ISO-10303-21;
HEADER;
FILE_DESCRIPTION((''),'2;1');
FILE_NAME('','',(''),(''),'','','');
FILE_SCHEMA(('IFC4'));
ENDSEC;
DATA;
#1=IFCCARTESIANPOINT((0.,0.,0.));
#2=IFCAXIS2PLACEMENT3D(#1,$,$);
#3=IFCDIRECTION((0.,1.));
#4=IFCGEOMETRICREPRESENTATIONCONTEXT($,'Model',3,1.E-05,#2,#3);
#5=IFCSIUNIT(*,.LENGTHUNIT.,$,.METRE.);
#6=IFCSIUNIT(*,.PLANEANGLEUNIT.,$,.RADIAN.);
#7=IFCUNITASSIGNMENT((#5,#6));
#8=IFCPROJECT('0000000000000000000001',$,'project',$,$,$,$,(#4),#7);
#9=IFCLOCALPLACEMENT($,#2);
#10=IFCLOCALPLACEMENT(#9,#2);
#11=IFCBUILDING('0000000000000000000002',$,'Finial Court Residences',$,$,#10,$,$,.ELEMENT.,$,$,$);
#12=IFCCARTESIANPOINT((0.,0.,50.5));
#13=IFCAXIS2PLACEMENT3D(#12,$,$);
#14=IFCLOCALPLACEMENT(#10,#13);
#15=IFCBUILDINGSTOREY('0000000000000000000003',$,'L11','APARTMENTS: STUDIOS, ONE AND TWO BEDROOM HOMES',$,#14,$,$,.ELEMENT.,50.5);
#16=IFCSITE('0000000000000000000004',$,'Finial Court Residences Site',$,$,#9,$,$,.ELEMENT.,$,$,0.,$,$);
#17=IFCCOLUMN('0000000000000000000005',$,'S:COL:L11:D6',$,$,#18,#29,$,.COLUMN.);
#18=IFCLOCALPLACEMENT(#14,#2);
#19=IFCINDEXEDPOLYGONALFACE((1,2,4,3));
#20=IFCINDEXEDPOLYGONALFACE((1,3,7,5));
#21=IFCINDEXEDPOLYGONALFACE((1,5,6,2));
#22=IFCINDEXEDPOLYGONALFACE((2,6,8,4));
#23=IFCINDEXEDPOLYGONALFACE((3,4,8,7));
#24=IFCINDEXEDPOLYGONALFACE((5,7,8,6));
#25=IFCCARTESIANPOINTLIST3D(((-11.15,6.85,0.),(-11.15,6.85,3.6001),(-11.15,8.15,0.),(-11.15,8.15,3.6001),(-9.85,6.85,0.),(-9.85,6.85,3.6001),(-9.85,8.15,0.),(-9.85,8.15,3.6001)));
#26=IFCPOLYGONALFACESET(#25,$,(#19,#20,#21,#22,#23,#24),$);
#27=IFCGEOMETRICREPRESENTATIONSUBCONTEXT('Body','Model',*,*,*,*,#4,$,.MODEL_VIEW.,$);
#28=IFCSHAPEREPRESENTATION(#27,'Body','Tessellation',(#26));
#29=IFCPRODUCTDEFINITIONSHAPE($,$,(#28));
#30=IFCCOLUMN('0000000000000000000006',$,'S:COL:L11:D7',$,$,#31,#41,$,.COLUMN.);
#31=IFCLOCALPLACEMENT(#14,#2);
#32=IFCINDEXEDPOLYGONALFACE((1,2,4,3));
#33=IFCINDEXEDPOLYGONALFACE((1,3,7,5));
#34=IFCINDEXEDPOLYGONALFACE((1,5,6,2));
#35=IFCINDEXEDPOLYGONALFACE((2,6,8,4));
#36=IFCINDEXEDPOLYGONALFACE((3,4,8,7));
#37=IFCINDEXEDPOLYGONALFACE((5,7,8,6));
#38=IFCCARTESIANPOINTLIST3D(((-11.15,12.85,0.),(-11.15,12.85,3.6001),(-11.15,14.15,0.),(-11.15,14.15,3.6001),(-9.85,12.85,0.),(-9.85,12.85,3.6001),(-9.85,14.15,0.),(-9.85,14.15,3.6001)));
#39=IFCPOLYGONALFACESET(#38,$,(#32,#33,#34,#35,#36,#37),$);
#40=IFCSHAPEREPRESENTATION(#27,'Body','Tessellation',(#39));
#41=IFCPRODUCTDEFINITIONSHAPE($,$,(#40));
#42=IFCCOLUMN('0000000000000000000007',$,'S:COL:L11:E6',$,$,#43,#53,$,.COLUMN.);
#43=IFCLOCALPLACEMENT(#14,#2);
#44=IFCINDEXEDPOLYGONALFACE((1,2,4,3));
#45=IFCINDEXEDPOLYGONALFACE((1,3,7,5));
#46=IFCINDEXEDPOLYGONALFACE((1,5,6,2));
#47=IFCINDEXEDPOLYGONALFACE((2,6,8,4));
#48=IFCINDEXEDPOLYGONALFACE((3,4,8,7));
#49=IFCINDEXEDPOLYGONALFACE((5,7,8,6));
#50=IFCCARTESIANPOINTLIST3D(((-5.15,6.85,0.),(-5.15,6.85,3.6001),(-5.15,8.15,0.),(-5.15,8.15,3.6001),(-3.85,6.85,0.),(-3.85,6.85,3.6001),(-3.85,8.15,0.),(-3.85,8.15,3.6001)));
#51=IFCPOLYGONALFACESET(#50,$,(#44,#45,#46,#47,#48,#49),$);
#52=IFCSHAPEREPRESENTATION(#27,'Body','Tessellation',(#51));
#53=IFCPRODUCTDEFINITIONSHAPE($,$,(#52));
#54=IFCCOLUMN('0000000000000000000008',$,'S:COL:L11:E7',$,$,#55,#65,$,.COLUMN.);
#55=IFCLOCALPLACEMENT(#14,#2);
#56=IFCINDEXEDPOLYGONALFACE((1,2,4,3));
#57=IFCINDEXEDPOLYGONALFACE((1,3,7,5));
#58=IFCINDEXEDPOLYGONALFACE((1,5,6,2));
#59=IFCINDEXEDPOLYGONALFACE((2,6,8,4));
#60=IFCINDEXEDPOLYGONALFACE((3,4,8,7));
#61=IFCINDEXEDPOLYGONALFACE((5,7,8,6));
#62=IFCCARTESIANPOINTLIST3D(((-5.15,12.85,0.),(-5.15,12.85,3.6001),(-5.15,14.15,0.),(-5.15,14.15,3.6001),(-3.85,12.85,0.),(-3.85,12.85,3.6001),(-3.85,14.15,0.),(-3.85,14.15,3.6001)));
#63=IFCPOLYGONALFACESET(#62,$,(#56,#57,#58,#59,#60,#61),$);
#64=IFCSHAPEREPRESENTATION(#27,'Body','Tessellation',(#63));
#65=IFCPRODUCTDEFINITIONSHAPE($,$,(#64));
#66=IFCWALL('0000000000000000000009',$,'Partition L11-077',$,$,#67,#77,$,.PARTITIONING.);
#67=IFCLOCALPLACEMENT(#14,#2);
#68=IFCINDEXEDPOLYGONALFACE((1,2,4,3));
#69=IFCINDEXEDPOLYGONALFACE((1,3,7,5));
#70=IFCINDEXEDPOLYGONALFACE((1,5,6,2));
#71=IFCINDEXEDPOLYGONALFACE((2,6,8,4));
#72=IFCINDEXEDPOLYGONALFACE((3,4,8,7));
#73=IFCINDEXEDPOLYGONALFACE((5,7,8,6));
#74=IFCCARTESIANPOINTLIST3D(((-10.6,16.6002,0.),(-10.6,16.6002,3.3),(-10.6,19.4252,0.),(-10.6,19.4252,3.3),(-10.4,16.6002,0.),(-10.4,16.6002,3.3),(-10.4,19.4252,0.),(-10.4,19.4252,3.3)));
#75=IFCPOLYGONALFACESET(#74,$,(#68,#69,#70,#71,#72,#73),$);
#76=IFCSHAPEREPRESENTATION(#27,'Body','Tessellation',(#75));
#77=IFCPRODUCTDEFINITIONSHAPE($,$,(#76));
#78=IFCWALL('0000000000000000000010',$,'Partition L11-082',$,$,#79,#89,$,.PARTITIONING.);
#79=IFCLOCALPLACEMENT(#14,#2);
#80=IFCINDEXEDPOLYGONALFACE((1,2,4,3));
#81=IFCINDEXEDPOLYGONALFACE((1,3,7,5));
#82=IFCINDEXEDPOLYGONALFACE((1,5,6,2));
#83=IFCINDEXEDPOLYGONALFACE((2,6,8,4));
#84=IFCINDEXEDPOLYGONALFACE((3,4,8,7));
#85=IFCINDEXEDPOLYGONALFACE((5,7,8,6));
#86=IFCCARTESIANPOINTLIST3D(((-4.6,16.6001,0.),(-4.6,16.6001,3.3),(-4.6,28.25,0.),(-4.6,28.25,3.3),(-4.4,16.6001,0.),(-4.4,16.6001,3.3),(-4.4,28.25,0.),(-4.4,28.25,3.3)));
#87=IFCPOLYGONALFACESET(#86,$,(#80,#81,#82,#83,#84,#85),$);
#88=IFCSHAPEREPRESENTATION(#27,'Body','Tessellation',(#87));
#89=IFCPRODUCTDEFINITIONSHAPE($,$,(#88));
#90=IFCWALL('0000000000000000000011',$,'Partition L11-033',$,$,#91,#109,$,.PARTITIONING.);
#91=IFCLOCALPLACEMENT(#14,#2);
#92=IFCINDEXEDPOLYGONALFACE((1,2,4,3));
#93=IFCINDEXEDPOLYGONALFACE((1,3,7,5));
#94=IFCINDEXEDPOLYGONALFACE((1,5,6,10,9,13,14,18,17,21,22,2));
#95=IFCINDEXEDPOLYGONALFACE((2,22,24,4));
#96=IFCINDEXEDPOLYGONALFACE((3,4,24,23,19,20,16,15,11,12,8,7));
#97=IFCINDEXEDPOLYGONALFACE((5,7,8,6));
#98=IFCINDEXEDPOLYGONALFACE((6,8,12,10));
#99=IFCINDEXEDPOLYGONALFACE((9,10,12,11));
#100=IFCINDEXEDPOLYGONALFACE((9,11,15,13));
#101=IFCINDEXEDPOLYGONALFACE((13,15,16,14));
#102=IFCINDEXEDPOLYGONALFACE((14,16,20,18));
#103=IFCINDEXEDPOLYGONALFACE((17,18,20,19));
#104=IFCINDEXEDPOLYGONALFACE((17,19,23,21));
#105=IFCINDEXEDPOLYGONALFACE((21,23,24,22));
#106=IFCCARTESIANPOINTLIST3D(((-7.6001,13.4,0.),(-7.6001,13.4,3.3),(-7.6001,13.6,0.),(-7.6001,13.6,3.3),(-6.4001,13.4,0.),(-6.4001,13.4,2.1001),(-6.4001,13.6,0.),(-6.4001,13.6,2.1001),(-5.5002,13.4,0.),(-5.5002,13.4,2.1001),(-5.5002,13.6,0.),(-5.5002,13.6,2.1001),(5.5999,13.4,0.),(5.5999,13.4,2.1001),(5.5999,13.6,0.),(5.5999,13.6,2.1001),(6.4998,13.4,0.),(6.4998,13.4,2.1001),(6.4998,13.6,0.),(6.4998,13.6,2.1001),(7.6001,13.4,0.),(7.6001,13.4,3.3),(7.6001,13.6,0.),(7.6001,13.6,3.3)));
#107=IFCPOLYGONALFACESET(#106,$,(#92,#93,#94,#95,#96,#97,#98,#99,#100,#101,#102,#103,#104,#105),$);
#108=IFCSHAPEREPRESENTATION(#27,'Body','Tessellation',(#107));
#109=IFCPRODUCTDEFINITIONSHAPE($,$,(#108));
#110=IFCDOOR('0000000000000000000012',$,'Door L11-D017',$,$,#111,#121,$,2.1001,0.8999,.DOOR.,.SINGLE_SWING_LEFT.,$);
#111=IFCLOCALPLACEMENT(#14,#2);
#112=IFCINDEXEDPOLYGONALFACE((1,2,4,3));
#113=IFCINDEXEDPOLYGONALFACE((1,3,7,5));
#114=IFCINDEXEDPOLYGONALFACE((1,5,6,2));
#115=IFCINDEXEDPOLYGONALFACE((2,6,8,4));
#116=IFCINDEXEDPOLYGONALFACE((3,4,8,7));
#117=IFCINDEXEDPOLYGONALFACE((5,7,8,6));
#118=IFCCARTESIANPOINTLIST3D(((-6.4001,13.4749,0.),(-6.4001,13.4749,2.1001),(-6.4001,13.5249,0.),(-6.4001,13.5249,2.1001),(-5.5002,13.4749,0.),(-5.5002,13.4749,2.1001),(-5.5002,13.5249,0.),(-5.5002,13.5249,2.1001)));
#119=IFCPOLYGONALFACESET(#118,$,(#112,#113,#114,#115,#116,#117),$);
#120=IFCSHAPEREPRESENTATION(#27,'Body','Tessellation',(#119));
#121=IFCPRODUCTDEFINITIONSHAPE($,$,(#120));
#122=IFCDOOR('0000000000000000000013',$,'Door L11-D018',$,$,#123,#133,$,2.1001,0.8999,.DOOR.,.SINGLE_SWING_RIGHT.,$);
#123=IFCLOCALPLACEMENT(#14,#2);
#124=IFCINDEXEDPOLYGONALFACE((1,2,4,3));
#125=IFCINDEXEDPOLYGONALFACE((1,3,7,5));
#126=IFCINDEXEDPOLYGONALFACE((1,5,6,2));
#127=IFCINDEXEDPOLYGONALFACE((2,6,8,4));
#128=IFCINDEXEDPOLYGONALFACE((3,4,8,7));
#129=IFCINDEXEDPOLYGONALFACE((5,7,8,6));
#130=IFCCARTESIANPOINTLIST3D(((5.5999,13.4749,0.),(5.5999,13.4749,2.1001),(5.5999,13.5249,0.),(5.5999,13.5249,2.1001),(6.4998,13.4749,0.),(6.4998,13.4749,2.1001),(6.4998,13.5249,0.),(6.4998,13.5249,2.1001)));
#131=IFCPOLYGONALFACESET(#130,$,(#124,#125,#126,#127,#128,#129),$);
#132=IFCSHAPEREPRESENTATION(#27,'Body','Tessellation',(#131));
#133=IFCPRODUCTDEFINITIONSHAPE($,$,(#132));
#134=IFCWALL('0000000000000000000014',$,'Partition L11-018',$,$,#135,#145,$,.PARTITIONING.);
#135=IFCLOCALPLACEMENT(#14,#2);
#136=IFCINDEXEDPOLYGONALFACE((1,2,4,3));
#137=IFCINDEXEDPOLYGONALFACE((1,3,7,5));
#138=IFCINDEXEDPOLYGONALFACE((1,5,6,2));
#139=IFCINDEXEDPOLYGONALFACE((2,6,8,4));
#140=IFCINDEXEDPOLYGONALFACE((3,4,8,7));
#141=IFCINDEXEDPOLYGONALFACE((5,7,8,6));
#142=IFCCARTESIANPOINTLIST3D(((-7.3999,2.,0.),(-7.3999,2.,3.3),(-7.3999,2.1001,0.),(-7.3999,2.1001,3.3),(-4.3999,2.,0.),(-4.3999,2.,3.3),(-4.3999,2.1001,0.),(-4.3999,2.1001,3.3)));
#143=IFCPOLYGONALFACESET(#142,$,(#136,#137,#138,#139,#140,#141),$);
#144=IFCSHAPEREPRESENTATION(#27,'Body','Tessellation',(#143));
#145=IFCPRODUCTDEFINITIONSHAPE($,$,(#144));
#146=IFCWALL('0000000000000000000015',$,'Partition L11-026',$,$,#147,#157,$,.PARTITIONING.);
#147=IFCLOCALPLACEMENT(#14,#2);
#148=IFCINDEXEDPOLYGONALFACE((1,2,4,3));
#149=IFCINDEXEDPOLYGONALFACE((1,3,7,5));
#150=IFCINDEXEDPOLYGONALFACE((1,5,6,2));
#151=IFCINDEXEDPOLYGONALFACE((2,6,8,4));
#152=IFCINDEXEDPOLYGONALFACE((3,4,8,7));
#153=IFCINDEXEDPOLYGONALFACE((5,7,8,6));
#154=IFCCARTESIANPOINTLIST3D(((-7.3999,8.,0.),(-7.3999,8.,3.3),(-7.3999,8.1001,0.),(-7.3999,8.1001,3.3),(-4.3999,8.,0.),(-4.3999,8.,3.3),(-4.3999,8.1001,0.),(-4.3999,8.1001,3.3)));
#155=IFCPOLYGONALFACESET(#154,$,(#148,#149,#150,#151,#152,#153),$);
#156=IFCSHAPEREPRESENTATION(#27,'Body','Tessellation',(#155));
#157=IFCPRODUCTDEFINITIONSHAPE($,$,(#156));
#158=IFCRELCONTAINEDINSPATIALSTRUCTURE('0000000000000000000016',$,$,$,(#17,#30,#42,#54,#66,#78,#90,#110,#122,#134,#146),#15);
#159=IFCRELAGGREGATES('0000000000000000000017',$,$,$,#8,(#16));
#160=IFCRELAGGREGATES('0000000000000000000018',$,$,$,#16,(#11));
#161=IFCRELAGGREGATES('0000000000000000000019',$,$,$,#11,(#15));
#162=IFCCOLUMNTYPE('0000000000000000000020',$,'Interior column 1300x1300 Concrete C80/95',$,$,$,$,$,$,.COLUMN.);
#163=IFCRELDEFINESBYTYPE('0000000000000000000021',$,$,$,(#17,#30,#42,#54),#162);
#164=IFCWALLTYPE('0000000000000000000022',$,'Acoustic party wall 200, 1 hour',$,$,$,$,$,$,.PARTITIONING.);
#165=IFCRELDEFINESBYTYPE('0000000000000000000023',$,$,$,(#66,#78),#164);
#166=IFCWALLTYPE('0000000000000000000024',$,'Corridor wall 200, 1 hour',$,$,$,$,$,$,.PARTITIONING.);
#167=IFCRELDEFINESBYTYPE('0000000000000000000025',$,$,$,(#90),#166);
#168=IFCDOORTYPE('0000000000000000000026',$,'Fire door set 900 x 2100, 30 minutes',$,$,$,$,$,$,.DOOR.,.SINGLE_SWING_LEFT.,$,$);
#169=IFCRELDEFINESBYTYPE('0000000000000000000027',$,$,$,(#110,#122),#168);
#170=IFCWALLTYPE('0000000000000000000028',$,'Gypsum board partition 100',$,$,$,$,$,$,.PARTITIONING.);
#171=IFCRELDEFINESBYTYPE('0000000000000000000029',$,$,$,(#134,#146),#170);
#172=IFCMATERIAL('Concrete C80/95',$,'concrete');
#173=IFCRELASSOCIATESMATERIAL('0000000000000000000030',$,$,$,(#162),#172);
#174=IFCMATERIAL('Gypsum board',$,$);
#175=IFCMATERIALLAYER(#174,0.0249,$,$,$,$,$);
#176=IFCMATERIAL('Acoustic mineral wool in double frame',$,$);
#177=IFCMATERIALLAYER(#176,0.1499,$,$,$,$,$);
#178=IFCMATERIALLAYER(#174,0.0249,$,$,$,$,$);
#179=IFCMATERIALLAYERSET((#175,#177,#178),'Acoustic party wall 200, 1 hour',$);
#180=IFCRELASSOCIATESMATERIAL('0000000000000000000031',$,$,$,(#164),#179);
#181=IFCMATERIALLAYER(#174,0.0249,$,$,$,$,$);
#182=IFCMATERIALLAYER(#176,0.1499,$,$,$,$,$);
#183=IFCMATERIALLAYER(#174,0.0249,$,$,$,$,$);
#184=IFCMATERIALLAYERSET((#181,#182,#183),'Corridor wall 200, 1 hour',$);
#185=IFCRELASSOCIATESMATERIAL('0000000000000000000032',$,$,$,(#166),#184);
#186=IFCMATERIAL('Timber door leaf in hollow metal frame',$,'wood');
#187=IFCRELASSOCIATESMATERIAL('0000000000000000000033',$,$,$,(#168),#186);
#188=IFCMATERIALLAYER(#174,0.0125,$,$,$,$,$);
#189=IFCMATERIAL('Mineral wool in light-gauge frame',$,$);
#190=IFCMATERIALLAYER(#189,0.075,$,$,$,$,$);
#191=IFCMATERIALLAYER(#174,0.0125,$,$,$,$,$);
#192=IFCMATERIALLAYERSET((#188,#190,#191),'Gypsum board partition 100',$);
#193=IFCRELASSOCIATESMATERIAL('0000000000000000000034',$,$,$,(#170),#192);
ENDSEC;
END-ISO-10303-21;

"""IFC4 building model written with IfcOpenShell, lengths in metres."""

from ifc_helpers import new_model, si_unit, direction, frame, frame_2d, origin, origin_2d, place, context, subcontext, project, spatial, rectangle, extrude, material, layer, layer_set, material_profile, profile_set, type_object, element, fill, save


model = new_model("IFC4")

# Units and contexts
model_context = context("Model", 3, precision=1e-05, world=origin(), true_north=direction((0.0, 1.0)))
body_context = subcontext(model_context, "Body", "Model", "MODEL_VIEW")
ifc_project = project(units=[si_unit("LENGTHUNIT", "METRE"), si_unit("PLANEANGLEUNIT", "RADIAN")], contexts=[model_context])

# Site, building, storey
site_placement = place(None, origin())
site = spatial("IfcSite", under=ifc_project, at=site_placement, Name="Finial Court Residences Site", CompositionType="ELEMENT", RefElevation=0.0)
building_placement = place(site_placement, origin())
building = spatial("IfcBuilding", under=site, at=building_placement, Name="Finial Court Residences", CompositionType="ELEMENT")
storey_placement = place(building_placement, frame((0.0, 0.0, 50.5)))
storey = spatial("IfcBuildingStorey", under=building, at=storey_placement, Name="L11", Description="APARTMENTS: STUDIOS, ONE AND TWO BEDROOM HOMES", CompositionType="ELEMENT", Elevation=50.5)

# Columns
ifc_material_1 = material(Name="Concrete C80/95", Category="concrete")
ifc_material_profile = material_profile(ifc_material_1, rectangle(XDim=1.3, YDim=1.3, at=origin_2d()), Name="1300x1300")
ifc_profile_set = profile_set([ifc_material_profile], Name="Concrete C80/95")
column_type = type_object("IfcColumnType", Name="Interior column 1300x1300 Concrete C80/95", PredefinedType="COLUMN", material=ifc_profile_set)
for number, where, z_axis, x_axis, name in (
    (1, (-10.5, 7.5, 0.0), (0.0, 0.0, 1.0), (1.0, 0.0, 0.0), "S:COL:L11:D6"),
    (2, (-10.5, 13.5, 0.0), (0.0, 0.0, 1.0), (1.0, 0.0, 0.0), "S:COL:L11:D7"),
    (3, (-4.5, 7.5, 0.0), (0.0, 0.0, 1.0), (1.0, 0.0, 0.0), "S:COL:L11:E6"),
    (4, (-4.5, 13.5, 0.0), (0.0, 0.0, 1.0), (1.0, 0.0, 0.0), "S:COL:L11:E7"),
):
    element("IfcColumn", number, at=place(storey_placement, frame(where, z_axis=z_axis, x_axis=x_axis)), inside=storey, type_object=column_type, Name=name, PredefinedType="COLUMN", context=body_context, shape_type="SweptSolid", body=[
        extrude(rectangle(XDim=1.3, YDim=1.3, at=origin_2d()), origin(), (0.0, 0.0, 1.0), 3.6001),
    ])

# Walls
ifc_material_2 = material(Name="Gypsum board")
ifc_layer_1 = layer(ifc_material_2, 0.0249)
ifc_material_3 = material(Name="Acoustic mineral wool in double frame")
ifc_layer_2 = layer(ifc_material_3, 0.1499)
ifc_layer_3 = layer(ifc_material_2, 0.0249)
ifc_layer_set_1 = layer_set([ifc_layer_1, ifc_layer_2, ifc_layer_3], Name="Acoustic party wall 200, 1 hour")
wall_type_1 = type_object("IfcWallType", Name="Acoustic party wall 200, 1 hour", PredefinedType="PARTITIONING", material=ifc_layer_set_1)
wall_1_placement = place(storey_placement, frame((-10.5, 16.6001, 0.0), z_axis=(0.0, 0.0, 1.0), x_axis=(0.0, 1.0, 0.0)))
element("IfcWall", 5, at=wall_1_placement, inside=storey, type_object=wall_type_1, Name="Partition L11-077", PredefinedType="PARTITIONING", context=body_context, shape_type="SweptSolid", body=[
    extrude(rectangle(XDim=2.825, YDim=0.2, at=frame_2d((1.4126, 0.0))), origin(), (0.0, 0.0, 1.0), 3.3),
])
wall_2_placement = place(storey_placement, frame((-4.5, 16.6001, 0.0), z_axis=(0.0, 0.0, 1.0), x_axis=(0.0, 1.0, 0.0)))
element("IfcWall", 6, at=wall_2_placement, inside=storey, type_object=wall_type_1, Name="Partition L11-082", PredefinedType="PARTITIONING", context=body_context, shape_type="SweptSolid", body=[
    extrude(rectangle(XDim=11.6499, YDim=0.2, at=frame_2d((5.825, 0.0))), origin(), (0.0, 0.0, 1.0), 3.3),
])

# Wall, openings, doors
ifc_layer_4 = layer(ifc_material_2, 0.0249)
ifc_layer_5 = layer(ifc_material_3, 0.1499)
ifc_layer_6 = layer(ifc_material_2, 0.0249)
ifc_layer_set_2 = layer_set([ifc_layer_4, ifc_layer_5, ifc_layer_6], Name="Corridor wall 200, 1 hour")
wall_type_2 = type_object("IfcWallType", Name="Corridor wall 200, 1 hour", PredefinedType="PARTITIONING", material=ifc_layer_set_2)
wall_3_placement = place(storey_placement, frame((-7.6001, 13.5, 0.0), z_axis=(0.0, 0.0, 1.0), x_axis=(1.0, 0.0, 0.0)))
wall_3 = element("IfcWall", 7, at=wall_3_placement, inside=storey, type_object=wall_type_2, Name="Partition L11-033", PredefinedType="PARTITIONING", context=body_context, shape_type="SweptSolid", body=[
    extrude(rectangle(XDim=15.2002, YDim=0.2, at=frame_2d((7.6001, 0.0))), origin(), (0.0, 0.0, 1.0), 3.3),
])
opening_1_placement = place(wall_3_placement, frame((1.2, 0.0, 0.0)))
opening_1 = element("IfcOpeningElement", 8, at=opening_1_placement, cuts=wall_3, PredefinedType="OPENING", context=body_context, shape_type="SweptSolid", body=[
    extrude(rectangle(XDim=0.8999, YDim=2.1001, at=frame_2d((0.45, 1.05))), frame((0.0, 0.1099, 0.0), z_axis=(0.0, -1.0, 0.0), x_axis=(1.0, 0.0, 0.0)), (0.0, 0.0, 1.0), 0.22),
])
opening_2_placement = place(wall_3_placement, frame((13.2, 0.0, 0.0)))
opening_2 = element("IfcOpeningElement", 9, at=opening_2_placement, cuts=wall_3, PredefinedType="OPENING", context=body_context, shape_type="SweptSolid", body=[
    extrude(rectangle(XDim=0.8999, YDim=2.1001, at=frame_2d((0.45, 1.05))), frame((0.0, 0.1099, 0.0), z_axis=(0.0, -1.0, 0.0), x_axis=(1.0, 0.0, 0.0)), (0.0, 0.0, 1.0), 0.22),
])
ifc_material_4 = material(Name="Timber door leaf in hollow metal frame", Category="wood")
door_type_1 = type_object("IfcDoorType", Name="Fire door set 900 x 2100, 30 minutes", OperationType="SINGLE_SWING_LEFT", PredefinedType="DOOR", material=ifc_material_4)
door_1_placement = place(opening_1_placement, origin())
door_1 = element("IfcDoor", 10, at=door_1_placement, inside=storey, type_object=door_type_1, Name="Door L11-D017", OperationType="SINGLE_SWING_LEFT", OverallHeight=2.1001, OverallWidth=0.8999, PredefinedType="DOOR", context=body_context, shape_type="SweptSolid", body=[
    extrude(rectangle(XDim=0.8999, YDim=2.1001, at=frame_2d((0.45, 1.05))), frame((0.0, 0.0249, 0.0), z_axis=(0.0, -1.0, 0.0), x_axis=(1.0, 0.0, 0.0)), (0.0, 0.0, 1.0), 0.05),
])
fill(opening_1, door_1)
door_2_placement = place(opening_2_placement, origin())
door_2 = element("IfcDoor", 11, at=door_2_placement, inside=storey, type_object=door_type_1, Name="Door L11-D018", OperationType="SINGLE_SWING_RIGHT", OverallHeight=2.1001, OverallWidth=0.8999, PredefinedType="DOOR", context=body_context, shape_type="SweptSolid", body=[
    extrude(rectangle(XDim=0.8999, YDim=2.1001, at=frame_2d((0.45, 1.05))), frame((0.0, 0.0249, 0.0), z_axis=(0.0, -1.0, 0.0), x_axis=(1.0, 0.0, 0.0)), (0.0, 0.0, 1.0), 0.05),
])
fill(opening_2, door_2)

# Walls
ifc_layer_7 = layer(ifc_material_2, 0.0125)
ifc_material_5 = material(Name="Mineral wool in light-gauge frame")
ifc_layer_8 = layer(ifc_material_5, 0.075)
ifc_layer_9 = layer(ifc_material_2, 0.0125)
ifc_layer_set_3 = layer_set([ifc_layer_7, ifc_layer_8, ifc_layer_9], Name="Gypsum board partition 100")
wall_type_3 = type_object("IfcWallType", Name="Gypsum board partition 100", PredefinedType="PARTITIONING", material=ifc_layer_set_3)
for number, where, z_axis, x_axis, name in (
    (12, (-7.3999, 2.05, 0.0), (0.0, 0.0, 1.0), (1.0, 0.0, 0.0), "Partition L11-018"),
    (13, (-7.3999, 8.05, 0.0), (0.0, 0.0, 1.0), (1.0, 0.0, 0.0), "Partition L11-026"),
):
    element("IfcWall", number, at=place(storey_placement, frame(where, z_axis=z_axis, x_axis=x_axis)), inside=storey, type_object=wall_type_3, Name=name, PredefinedType="PARTITIONING", context=body_context, shape_type="SweptSolid", body=[
        extrude(rectangle(XDim=3.0, YDim=0.1001, at=frame_2d((1.5, 0.0))), origin(), (0.0, 0.0, 1.0), 3.3),
    ])

save(model, "model.ifc")
